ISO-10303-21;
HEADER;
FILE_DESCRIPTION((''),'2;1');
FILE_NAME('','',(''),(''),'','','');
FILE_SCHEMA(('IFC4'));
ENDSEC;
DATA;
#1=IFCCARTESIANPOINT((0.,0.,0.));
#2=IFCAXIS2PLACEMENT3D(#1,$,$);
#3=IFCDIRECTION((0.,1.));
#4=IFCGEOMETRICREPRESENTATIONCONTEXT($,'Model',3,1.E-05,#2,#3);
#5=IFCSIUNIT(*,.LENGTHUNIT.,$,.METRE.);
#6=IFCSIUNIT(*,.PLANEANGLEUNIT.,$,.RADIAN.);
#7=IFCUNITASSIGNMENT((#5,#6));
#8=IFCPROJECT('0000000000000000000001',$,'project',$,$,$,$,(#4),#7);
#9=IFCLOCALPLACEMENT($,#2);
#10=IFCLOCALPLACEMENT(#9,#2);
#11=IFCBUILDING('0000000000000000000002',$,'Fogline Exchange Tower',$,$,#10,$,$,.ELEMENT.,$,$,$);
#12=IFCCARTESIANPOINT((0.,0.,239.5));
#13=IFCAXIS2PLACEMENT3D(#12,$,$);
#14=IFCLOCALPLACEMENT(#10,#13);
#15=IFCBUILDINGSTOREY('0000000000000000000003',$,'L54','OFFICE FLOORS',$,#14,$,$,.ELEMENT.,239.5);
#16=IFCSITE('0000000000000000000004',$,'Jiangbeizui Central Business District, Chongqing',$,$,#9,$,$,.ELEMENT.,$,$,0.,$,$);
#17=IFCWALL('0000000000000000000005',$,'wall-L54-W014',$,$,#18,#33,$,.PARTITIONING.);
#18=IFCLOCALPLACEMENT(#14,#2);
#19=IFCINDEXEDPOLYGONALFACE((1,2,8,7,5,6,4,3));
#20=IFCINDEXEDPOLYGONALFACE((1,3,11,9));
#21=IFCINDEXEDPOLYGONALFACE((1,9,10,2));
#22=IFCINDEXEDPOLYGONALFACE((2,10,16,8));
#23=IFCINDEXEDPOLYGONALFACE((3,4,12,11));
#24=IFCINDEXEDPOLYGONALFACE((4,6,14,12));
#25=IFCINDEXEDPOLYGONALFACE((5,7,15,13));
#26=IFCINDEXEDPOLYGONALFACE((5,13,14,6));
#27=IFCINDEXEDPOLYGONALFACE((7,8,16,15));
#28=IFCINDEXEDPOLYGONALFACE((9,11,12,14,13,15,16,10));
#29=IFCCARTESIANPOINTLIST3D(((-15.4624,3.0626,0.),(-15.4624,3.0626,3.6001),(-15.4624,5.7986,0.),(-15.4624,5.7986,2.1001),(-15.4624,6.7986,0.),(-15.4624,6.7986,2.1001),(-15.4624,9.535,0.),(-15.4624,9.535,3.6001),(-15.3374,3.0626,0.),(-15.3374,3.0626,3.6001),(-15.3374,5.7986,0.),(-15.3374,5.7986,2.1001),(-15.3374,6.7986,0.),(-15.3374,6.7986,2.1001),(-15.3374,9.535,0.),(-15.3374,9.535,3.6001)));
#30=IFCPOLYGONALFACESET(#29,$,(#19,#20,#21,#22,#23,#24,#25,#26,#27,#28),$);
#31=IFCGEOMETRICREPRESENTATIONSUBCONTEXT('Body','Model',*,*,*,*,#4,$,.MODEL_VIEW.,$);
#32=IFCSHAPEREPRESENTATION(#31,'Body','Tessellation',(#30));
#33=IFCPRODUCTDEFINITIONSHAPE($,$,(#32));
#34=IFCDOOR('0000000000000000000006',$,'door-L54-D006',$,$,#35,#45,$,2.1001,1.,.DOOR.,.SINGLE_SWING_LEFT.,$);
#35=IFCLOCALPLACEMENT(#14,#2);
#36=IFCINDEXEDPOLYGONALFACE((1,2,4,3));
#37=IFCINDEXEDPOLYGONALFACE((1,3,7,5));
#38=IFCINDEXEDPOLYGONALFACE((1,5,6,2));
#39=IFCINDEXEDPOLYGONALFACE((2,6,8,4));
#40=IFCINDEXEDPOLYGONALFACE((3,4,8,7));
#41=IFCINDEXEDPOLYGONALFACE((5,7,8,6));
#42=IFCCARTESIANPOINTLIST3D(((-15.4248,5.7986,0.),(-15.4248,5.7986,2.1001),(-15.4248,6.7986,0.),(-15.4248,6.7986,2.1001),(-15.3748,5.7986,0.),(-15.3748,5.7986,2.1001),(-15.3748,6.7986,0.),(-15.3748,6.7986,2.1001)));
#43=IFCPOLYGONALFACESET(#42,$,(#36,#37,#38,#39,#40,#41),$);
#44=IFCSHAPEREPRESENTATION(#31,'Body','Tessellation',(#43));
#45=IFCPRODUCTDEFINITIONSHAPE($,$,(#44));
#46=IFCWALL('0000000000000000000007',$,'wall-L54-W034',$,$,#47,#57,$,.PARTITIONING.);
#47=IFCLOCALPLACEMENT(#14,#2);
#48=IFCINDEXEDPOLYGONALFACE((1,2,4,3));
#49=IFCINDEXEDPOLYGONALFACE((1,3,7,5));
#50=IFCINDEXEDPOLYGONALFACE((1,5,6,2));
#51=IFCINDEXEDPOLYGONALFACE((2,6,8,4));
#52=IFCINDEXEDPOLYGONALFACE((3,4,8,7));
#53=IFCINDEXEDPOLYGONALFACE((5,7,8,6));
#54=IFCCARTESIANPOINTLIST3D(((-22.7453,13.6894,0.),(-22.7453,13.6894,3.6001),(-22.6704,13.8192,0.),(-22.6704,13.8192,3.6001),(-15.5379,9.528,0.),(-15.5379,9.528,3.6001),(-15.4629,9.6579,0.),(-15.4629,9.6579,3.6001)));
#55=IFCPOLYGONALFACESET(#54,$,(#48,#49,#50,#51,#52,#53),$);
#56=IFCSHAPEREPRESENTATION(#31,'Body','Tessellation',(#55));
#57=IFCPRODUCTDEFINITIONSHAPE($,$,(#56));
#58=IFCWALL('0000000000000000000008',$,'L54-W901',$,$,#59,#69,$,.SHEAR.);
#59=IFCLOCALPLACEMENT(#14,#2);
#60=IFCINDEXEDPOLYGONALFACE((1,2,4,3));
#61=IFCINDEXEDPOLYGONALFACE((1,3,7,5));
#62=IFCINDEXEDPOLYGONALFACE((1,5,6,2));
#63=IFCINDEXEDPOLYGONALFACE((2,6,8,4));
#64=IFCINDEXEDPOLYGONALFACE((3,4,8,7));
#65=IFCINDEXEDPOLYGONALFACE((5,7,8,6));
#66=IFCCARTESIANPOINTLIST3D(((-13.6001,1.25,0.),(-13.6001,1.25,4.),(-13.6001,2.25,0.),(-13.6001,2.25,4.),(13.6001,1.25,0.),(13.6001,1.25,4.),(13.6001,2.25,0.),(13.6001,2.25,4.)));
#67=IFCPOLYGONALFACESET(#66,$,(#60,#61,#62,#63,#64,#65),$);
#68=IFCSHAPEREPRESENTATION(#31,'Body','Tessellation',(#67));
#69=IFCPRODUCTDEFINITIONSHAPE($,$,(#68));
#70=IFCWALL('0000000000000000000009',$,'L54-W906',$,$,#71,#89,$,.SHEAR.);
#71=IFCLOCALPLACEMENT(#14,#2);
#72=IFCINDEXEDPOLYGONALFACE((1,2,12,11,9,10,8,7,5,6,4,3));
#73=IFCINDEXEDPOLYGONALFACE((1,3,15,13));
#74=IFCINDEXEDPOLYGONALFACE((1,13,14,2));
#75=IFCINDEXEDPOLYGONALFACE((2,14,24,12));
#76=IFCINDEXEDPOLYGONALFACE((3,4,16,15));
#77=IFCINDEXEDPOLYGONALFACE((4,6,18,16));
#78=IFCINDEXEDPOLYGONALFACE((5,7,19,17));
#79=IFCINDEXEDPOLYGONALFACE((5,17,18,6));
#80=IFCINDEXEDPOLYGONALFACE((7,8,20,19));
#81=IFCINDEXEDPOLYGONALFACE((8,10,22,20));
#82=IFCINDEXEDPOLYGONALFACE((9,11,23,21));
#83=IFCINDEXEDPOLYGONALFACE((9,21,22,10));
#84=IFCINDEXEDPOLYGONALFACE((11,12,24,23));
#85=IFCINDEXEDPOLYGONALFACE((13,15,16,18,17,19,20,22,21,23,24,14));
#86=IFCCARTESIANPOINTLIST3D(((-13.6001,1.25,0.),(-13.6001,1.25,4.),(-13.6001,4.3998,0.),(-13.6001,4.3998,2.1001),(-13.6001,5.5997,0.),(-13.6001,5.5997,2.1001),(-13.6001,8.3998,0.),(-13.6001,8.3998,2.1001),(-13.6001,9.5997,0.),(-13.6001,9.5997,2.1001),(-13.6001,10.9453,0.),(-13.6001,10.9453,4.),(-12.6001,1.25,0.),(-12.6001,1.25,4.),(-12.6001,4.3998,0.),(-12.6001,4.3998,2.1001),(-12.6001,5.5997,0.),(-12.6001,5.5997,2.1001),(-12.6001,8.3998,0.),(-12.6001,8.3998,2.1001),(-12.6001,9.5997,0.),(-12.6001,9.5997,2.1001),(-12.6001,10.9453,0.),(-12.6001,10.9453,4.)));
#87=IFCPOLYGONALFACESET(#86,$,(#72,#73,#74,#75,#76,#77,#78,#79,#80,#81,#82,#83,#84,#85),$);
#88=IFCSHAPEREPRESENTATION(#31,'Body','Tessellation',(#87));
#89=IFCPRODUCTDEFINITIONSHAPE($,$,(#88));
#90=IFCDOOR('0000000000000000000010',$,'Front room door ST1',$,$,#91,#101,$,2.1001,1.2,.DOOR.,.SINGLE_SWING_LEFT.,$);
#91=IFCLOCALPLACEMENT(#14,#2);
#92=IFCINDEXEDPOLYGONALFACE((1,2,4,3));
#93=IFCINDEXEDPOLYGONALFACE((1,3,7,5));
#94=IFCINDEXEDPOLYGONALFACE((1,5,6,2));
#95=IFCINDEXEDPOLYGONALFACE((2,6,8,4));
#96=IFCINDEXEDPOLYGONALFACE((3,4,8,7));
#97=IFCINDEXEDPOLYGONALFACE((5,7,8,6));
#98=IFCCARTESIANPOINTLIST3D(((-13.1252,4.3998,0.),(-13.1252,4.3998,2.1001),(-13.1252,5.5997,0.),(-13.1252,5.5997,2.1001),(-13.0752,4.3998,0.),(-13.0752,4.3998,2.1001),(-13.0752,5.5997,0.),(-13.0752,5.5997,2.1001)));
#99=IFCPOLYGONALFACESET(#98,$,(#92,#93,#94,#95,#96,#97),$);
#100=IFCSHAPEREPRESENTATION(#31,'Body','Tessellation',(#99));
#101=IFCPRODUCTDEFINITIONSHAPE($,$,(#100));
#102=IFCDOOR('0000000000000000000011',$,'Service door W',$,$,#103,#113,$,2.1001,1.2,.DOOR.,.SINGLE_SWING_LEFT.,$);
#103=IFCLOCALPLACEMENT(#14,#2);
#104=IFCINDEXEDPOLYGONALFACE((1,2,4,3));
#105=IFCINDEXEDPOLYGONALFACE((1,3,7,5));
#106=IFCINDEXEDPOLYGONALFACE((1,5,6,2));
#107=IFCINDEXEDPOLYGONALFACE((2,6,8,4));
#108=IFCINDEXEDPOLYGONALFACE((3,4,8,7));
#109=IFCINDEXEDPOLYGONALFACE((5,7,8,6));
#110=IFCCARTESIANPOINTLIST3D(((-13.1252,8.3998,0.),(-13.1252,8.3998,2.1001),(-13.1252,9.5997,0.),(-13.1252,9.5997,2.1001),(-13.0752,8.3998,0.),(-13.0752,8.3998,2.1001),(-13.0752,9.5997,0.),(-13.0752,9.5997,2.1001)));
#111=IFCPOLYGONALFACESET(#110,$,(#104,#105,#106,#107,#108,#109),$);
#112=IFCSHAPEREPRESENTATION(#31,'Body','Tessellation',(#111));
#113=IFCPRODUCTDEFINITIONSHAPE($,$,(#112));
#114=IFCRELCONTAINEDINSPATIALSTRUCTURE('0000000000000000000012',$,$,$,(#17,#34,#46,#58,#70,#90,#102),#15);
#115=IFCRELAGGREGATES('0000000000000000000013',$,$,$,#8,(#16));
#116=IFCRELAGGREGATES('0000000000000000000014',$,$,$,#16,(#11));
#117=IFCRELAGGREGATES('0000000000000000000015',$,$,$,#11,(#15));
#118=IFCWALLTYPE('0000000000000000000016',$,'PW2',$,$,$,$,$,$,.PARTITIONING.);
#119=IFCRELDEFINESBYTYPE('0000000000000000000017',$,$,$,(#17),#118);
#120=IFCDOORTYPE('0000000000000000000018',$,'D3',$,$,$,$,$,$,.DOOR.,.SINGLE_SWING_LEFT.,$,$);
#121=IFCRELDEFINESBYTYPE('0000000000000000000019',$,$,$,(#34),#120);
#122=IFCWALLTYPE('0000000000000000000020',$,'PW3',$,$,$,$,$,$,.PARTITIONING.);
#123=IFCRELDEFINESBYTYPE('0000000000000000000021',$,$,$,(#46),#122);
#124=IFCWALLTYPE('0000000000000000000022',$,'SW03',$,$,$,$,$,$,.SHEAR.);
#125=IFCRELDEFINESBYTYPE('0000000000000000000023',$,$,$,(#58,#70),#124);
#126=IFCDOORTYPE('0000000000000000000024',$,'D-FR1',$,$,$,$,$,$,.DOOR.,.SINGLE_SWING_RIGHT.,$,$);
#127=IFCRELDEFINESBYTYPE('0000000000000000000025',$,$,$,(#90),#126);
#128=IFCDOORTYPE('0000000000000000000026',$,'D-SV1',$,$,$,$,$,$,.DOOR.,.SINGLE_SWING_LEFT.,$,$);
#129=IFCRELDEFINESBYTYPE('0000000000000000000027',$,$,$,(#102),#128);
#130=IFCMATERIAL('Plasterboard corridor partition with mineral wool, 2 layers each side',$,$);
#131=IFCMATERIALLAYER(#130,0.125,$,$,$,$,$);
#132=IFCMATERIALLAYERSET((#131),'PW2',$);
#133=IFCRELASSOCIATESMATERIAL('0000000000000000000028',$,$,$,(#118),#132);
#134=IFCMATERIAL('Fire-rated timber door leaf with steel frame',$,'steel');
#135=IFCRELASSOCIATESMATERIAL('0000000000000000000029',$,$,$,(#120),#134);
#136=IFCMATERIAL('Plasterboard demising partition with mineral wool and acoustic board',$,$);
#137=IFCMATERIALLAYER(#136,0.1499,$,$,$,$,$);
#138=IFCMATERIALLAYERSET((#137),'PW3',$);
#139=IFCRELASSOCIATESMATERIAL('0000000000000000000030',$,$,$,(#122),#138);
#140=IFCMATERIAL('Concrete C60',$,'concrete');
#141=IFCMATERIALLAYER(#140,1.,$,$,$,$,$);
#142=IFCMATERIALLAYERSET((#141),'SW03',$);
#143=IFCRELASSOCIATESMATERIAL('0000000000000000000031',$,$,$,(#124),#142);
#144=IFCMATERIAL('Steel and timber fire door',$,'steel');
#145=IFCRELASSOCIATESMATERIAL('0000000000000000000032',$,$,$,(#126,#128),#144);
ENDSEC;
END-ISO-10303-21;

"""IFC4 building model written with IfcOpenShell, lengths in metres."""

from ifc_helpers import new_model, si_unit, direction, frame, frame_2d, origin, place, context, subcontext, project, spatial, rectangle, extrude, material, layer, layer_set, type_object, element, fill, save


model = new_model("IFC4")

# Units and contexts
model_context = context("Model", 3, precision=1e-05, world=origin(), true_north=direction((0.0, 1.0)))
body_context = subcontext(model_context, "Body", "Model", "MODEL_VIEW")
ifc_project = project(units=[si_unit("LENGTHUNIT", "METRE"), si_unit("PLANEANGLEUNIT", "RADIAN")], contexts=[model_context])

# Site, building, storey
site_placement = place(None, origin())
site = spatial("IfcSite", under=ifc_project, at=site_placement, Name="Jiangbeizui Central Business District, Chongqing", CompositionType="ELEMENT", RefElevation=0.0)
building_placement = place(site_placement, origin())
building = spatial("IfcBuilding", under=site, at=building_placement, Name="Fogline Exchange Tower", CompositionType="ELEMENT")
storey_placement = place(building_placement, frame((0.0, 0.0, 239.5)))
storey = spatial("IfcBuildingStorey", under=building, at=storey_placement, Name="L54", Description="OFFICE FLOORS", CompositionType="ELEMENT", Elevation=239.5)

# Shared definitions
ifc_material_1 = material(Name="Steel and timber fire door", Category="steel")

# Shared definitions
ifc_material_2 = material(Name="Plasterboard corridor partition with mineral wool, 2 layers each side")
ifc_layer_1 = layer(ifc_material_2, 0.125)
ifc_layer_set_1 = layer_set([ifc_layer_1], Name="PW2")
wall_type_1 = type_object("IfcWallType", Name="PW2", PredefinedType="PARTITIONING", material=ifc_layer_set_1)

# Wall, opening, door
wall_1_placement = place(storey_placement, frame((-15.3999, 3.0625, 0.0), z_axis=(0.0, 0.0, 1.0), x_axis=(0.0, 1.0, 0.0)))
wall_1 = element("IfcWall", 1, at=wall_1_placement, inside=storey, type_object=wall_type_1, Name="wall-L54-W014", PredefinedType="PARTITIONING", context=body_context, shape_type="SweptSolid", body=[
    extrude(rectangle(XDim=6.4724, YDim=0.125, at=frame_2d((3.2363, 0.0))), origin(), (0.0, 0.0, 1.0), 3.6001),
])
opening_1_placement = place(wall_1_placement, frame((2.7361, 0.0, 0.0)))
opening_1 = element("IfcOpeningElement", 2, at=opening_1_placement, cuts=wall_1, PredefinedType="OPENING", context=body_context, shape_type="SweptSolid", body=[
    extrude(rectangle(XDim=1.0, YDim=2.1001, at=frame_2d((0.5, 1.05))), frame((0.0, 0.0725, 0.0), z_axis=(0.0, -1.0, 0.0), x_axis=(1.0, 0.0, 0.0)), (0.0, 0.0, 1.0), 0.145),
])
ifc_material_3 = material(Name="Fire-rated timber door leaf with steel frame", Category="steel")
door_type_1 = type_object("IfcDoorType", Name="D3", OperationType="SINGLE_SWING_LEFT", PredefinedType="DOOR", material=ifc_material_3)
door_1_placement = place(opening_1_placement, origin())
door_1 = element("IfcDoor", 3, at=door_1_placement, inside=storey, type_object=door_type_1, Name="door-L54-D006", OperationType="SINGLE_SWING_LEFT", OverallHeight=2.1001, OverallWidth=1.0, PredefinedType="DOOR", context=body_context, shape_type="SweptSolid", body=[
    extrude(rectangle(XDim=1.0, YDim=2.1001, at=frame_2d((0.5, 1.05))), frame((0.0, 0.0249, 0.0), z_axis=(0.0, -1.0, 0.0), x_axis=(1.0, 0.0, 0.0)), (0.0, 0.0, 1.0), 0.05),
])
fill(opening_1, door_1)

# Walls
ifc_material_4 = material(Name="Plasterboard demising partition with mineral wool and acoustic board")
ifc_layer_2 = layer(ifc_material_4, 0.1499)
ifc_layer_set_2 = layer_set([ifc_layer_2], Name="PW3")
wall_type_2 = type_object("IfcWallType", Name="PW3", PredefinedType="PARTITIONING", material=ifc_layer_set_2)
wall_2_placement = place(storey_placement, frame((-15.5005, 9.593, 0.0), z_axis=(0.0, 0.0, 1.0), x_axis=(-0.866019, 0.50001, 0.0)))
element("IfcWall", 4, at=wall_2_placement, inside=storey, type_object=wall_type_2, Name="wall-L54-W034", PredefinedType="PARTITIONING", context=body_context, shape_type="SweptSolid", body=[
    extrude(rectangle(XDim=8.3225, YDim=0.1499, at=frame_2d((4.1611, 0.0))), origin(), (0.0, 0.0, 1.0), 3.6001),
])
ifc_material_5 = material(Name="Concrete C60", Category="concrete")
ifc_layer_3 = layer(ifc_material_5, 1.0)
ifc_layer_set_3 = layer_set([ifc_layer_3], Name="SW03")
wall_type_3 = type_object("IfcWallType", Name="SW03", PredefinedType="SHEAR", material=ifc_layer_set_3)
wall_3_placement = place(storey_placement, frame((-13.6001, 1.75, 0.0), z_axis=(0.0, 0.0, 1.0), x_axis=(1.0, 0.0, 0.0)))
element("IfcWall", 5, at=wall_3_placement, inside=storey, type_object=wall_type_3, Name="L54-W901", PredefinedType="SHEAR", context=body_context, shape_type="SweptSolid", body=[
    extrude(rectangle(XDim=27.2002, YDim=1.0, at=frame_2d((13.6001, 0.0))), origin(), (0.0, 0.0, 1.0), 4.0),
])

# Wall, openings, doors
wall_4_placement = place(storey_placement, frame((-13.1001, 10.9453, 0.0), z_axis=(0.0, 0.0, 1.0), x_axis=(0.0, -1.0, 0.0)))
wall_4 = element("IfcWall", 6, at=wall_4_placement, inside=storey, type_object=wall_type_3, Name="L54-W906", PredefinedType="SHEAR", context=body_context, shape_type="SweptSolid", body=[
    extrude(rectangle(XDim=9.6953, YDim=1.0, at=frame_2d((4.8477, 0.0))), origin(), (0.0, 0.0, 1.0), 4.0),
])
opening_2_placement = place(wall_4_placement, frame((5.3455, 0.0, 0.0)))
opening_2 = element("IfcOpeningElement", 7, at=opening_2_placement, cuts=wall_4, PredefinedType="OPENING", context=body_context, shape_type="SweptSolid", body=[
    extrude(rectangle(XDim=1.2, YDim=2.1001, at=frame_2d((0.6001, 1.05))), frame((0.0, 0.51, 0.0), z_axis=(0.0, -1.0, 0.0), x_axis=(1.0, 0.0, 0.0)), (0.0, 0.0, 1.0), 1.02),
])
opening_3_placement = place(wall_4_placement, frame((1.3455, 0.0, 0.0)))
opening_3 = element("IfcOpeningElement", 8, at=opening_3_placement, cuts=wall_4, PredefinedType="OPENING", context=body_context, shape_type="SweptSolid", body=[
    extrude(rectangle(XDim=1.2, YDim=2.1001, at=frame_2d((0.6001, 1.05))), frame((0.0, 0.51, 0.0), z_axis=(0.0, -1.0, 0.0), x_axis=(1.0, 0.0, 0.0)), (0.0, 0.0, 1.0), 1.02),
])
door_type_2 = type_object("IfcDoorType", Name="D-FR1", OperationType="SINGLE_SWING_RIGHT", PredefinedType="DOOR", material=ifc_material_1)
door_2_placement = place(opening_2_placement, origin())
door_2 = element("IfcDoor", 9, at=door_2_placement, inside=storey, type_object=door_type_2, Name="Front room door ST1", OperationType="SINGLE_SWING_LEFT", OverallHeight=2.1001, OverallWidth=1.2, PredefinedType="DOOR", context=body_context, shape_type="SweptSolid", body=[
    extrude(rectangle(XDim=1.2, YDim=2.1001, at=frame_2d((0.6001, 1.05))), frame((0.0, 0.0249, 0.0), z_axis=(0.0, -1.0, 0.0), x_axis=(1.0, 0.0, 0.0)), (0.0, 0.0, 1.0), 0.05),
])
fill(opening_2, door_2)
door_type_3 = type_object("IfcDoorType", Name="D-SV1", OperationType="SINGLE_SWING_LEFT", PredefinedType="DOOR", material=ifc_material_1)
door_3_placement = place(opening_3_placement, origin())
door_3 = element("IfcDoor", 10, at=door_3_placement, inside=storey, type_object=door_type_3, Name="Service door W", OperationType="SINGLE_SWING_LEFT", OverallHeight=2.1001, OverallWidth=1.2, PredefinedType="DOOR", context=body_context, shape_type="SweptSolid", body=[
    extrude(rectangle(XDim=1.2, YDim=2.1001, at=frame_2d((0.6001, 1.05))), frame((0.0, 0.0249, 0.0), z_axis=(0.0, -1.0, 0.0), x_axis=(1.0, 0.0, 0.0)), (0.0, 0.0, 1.0), 0.05),
])
fill(opening_3, door_3)

save(model, "model.ifc")
